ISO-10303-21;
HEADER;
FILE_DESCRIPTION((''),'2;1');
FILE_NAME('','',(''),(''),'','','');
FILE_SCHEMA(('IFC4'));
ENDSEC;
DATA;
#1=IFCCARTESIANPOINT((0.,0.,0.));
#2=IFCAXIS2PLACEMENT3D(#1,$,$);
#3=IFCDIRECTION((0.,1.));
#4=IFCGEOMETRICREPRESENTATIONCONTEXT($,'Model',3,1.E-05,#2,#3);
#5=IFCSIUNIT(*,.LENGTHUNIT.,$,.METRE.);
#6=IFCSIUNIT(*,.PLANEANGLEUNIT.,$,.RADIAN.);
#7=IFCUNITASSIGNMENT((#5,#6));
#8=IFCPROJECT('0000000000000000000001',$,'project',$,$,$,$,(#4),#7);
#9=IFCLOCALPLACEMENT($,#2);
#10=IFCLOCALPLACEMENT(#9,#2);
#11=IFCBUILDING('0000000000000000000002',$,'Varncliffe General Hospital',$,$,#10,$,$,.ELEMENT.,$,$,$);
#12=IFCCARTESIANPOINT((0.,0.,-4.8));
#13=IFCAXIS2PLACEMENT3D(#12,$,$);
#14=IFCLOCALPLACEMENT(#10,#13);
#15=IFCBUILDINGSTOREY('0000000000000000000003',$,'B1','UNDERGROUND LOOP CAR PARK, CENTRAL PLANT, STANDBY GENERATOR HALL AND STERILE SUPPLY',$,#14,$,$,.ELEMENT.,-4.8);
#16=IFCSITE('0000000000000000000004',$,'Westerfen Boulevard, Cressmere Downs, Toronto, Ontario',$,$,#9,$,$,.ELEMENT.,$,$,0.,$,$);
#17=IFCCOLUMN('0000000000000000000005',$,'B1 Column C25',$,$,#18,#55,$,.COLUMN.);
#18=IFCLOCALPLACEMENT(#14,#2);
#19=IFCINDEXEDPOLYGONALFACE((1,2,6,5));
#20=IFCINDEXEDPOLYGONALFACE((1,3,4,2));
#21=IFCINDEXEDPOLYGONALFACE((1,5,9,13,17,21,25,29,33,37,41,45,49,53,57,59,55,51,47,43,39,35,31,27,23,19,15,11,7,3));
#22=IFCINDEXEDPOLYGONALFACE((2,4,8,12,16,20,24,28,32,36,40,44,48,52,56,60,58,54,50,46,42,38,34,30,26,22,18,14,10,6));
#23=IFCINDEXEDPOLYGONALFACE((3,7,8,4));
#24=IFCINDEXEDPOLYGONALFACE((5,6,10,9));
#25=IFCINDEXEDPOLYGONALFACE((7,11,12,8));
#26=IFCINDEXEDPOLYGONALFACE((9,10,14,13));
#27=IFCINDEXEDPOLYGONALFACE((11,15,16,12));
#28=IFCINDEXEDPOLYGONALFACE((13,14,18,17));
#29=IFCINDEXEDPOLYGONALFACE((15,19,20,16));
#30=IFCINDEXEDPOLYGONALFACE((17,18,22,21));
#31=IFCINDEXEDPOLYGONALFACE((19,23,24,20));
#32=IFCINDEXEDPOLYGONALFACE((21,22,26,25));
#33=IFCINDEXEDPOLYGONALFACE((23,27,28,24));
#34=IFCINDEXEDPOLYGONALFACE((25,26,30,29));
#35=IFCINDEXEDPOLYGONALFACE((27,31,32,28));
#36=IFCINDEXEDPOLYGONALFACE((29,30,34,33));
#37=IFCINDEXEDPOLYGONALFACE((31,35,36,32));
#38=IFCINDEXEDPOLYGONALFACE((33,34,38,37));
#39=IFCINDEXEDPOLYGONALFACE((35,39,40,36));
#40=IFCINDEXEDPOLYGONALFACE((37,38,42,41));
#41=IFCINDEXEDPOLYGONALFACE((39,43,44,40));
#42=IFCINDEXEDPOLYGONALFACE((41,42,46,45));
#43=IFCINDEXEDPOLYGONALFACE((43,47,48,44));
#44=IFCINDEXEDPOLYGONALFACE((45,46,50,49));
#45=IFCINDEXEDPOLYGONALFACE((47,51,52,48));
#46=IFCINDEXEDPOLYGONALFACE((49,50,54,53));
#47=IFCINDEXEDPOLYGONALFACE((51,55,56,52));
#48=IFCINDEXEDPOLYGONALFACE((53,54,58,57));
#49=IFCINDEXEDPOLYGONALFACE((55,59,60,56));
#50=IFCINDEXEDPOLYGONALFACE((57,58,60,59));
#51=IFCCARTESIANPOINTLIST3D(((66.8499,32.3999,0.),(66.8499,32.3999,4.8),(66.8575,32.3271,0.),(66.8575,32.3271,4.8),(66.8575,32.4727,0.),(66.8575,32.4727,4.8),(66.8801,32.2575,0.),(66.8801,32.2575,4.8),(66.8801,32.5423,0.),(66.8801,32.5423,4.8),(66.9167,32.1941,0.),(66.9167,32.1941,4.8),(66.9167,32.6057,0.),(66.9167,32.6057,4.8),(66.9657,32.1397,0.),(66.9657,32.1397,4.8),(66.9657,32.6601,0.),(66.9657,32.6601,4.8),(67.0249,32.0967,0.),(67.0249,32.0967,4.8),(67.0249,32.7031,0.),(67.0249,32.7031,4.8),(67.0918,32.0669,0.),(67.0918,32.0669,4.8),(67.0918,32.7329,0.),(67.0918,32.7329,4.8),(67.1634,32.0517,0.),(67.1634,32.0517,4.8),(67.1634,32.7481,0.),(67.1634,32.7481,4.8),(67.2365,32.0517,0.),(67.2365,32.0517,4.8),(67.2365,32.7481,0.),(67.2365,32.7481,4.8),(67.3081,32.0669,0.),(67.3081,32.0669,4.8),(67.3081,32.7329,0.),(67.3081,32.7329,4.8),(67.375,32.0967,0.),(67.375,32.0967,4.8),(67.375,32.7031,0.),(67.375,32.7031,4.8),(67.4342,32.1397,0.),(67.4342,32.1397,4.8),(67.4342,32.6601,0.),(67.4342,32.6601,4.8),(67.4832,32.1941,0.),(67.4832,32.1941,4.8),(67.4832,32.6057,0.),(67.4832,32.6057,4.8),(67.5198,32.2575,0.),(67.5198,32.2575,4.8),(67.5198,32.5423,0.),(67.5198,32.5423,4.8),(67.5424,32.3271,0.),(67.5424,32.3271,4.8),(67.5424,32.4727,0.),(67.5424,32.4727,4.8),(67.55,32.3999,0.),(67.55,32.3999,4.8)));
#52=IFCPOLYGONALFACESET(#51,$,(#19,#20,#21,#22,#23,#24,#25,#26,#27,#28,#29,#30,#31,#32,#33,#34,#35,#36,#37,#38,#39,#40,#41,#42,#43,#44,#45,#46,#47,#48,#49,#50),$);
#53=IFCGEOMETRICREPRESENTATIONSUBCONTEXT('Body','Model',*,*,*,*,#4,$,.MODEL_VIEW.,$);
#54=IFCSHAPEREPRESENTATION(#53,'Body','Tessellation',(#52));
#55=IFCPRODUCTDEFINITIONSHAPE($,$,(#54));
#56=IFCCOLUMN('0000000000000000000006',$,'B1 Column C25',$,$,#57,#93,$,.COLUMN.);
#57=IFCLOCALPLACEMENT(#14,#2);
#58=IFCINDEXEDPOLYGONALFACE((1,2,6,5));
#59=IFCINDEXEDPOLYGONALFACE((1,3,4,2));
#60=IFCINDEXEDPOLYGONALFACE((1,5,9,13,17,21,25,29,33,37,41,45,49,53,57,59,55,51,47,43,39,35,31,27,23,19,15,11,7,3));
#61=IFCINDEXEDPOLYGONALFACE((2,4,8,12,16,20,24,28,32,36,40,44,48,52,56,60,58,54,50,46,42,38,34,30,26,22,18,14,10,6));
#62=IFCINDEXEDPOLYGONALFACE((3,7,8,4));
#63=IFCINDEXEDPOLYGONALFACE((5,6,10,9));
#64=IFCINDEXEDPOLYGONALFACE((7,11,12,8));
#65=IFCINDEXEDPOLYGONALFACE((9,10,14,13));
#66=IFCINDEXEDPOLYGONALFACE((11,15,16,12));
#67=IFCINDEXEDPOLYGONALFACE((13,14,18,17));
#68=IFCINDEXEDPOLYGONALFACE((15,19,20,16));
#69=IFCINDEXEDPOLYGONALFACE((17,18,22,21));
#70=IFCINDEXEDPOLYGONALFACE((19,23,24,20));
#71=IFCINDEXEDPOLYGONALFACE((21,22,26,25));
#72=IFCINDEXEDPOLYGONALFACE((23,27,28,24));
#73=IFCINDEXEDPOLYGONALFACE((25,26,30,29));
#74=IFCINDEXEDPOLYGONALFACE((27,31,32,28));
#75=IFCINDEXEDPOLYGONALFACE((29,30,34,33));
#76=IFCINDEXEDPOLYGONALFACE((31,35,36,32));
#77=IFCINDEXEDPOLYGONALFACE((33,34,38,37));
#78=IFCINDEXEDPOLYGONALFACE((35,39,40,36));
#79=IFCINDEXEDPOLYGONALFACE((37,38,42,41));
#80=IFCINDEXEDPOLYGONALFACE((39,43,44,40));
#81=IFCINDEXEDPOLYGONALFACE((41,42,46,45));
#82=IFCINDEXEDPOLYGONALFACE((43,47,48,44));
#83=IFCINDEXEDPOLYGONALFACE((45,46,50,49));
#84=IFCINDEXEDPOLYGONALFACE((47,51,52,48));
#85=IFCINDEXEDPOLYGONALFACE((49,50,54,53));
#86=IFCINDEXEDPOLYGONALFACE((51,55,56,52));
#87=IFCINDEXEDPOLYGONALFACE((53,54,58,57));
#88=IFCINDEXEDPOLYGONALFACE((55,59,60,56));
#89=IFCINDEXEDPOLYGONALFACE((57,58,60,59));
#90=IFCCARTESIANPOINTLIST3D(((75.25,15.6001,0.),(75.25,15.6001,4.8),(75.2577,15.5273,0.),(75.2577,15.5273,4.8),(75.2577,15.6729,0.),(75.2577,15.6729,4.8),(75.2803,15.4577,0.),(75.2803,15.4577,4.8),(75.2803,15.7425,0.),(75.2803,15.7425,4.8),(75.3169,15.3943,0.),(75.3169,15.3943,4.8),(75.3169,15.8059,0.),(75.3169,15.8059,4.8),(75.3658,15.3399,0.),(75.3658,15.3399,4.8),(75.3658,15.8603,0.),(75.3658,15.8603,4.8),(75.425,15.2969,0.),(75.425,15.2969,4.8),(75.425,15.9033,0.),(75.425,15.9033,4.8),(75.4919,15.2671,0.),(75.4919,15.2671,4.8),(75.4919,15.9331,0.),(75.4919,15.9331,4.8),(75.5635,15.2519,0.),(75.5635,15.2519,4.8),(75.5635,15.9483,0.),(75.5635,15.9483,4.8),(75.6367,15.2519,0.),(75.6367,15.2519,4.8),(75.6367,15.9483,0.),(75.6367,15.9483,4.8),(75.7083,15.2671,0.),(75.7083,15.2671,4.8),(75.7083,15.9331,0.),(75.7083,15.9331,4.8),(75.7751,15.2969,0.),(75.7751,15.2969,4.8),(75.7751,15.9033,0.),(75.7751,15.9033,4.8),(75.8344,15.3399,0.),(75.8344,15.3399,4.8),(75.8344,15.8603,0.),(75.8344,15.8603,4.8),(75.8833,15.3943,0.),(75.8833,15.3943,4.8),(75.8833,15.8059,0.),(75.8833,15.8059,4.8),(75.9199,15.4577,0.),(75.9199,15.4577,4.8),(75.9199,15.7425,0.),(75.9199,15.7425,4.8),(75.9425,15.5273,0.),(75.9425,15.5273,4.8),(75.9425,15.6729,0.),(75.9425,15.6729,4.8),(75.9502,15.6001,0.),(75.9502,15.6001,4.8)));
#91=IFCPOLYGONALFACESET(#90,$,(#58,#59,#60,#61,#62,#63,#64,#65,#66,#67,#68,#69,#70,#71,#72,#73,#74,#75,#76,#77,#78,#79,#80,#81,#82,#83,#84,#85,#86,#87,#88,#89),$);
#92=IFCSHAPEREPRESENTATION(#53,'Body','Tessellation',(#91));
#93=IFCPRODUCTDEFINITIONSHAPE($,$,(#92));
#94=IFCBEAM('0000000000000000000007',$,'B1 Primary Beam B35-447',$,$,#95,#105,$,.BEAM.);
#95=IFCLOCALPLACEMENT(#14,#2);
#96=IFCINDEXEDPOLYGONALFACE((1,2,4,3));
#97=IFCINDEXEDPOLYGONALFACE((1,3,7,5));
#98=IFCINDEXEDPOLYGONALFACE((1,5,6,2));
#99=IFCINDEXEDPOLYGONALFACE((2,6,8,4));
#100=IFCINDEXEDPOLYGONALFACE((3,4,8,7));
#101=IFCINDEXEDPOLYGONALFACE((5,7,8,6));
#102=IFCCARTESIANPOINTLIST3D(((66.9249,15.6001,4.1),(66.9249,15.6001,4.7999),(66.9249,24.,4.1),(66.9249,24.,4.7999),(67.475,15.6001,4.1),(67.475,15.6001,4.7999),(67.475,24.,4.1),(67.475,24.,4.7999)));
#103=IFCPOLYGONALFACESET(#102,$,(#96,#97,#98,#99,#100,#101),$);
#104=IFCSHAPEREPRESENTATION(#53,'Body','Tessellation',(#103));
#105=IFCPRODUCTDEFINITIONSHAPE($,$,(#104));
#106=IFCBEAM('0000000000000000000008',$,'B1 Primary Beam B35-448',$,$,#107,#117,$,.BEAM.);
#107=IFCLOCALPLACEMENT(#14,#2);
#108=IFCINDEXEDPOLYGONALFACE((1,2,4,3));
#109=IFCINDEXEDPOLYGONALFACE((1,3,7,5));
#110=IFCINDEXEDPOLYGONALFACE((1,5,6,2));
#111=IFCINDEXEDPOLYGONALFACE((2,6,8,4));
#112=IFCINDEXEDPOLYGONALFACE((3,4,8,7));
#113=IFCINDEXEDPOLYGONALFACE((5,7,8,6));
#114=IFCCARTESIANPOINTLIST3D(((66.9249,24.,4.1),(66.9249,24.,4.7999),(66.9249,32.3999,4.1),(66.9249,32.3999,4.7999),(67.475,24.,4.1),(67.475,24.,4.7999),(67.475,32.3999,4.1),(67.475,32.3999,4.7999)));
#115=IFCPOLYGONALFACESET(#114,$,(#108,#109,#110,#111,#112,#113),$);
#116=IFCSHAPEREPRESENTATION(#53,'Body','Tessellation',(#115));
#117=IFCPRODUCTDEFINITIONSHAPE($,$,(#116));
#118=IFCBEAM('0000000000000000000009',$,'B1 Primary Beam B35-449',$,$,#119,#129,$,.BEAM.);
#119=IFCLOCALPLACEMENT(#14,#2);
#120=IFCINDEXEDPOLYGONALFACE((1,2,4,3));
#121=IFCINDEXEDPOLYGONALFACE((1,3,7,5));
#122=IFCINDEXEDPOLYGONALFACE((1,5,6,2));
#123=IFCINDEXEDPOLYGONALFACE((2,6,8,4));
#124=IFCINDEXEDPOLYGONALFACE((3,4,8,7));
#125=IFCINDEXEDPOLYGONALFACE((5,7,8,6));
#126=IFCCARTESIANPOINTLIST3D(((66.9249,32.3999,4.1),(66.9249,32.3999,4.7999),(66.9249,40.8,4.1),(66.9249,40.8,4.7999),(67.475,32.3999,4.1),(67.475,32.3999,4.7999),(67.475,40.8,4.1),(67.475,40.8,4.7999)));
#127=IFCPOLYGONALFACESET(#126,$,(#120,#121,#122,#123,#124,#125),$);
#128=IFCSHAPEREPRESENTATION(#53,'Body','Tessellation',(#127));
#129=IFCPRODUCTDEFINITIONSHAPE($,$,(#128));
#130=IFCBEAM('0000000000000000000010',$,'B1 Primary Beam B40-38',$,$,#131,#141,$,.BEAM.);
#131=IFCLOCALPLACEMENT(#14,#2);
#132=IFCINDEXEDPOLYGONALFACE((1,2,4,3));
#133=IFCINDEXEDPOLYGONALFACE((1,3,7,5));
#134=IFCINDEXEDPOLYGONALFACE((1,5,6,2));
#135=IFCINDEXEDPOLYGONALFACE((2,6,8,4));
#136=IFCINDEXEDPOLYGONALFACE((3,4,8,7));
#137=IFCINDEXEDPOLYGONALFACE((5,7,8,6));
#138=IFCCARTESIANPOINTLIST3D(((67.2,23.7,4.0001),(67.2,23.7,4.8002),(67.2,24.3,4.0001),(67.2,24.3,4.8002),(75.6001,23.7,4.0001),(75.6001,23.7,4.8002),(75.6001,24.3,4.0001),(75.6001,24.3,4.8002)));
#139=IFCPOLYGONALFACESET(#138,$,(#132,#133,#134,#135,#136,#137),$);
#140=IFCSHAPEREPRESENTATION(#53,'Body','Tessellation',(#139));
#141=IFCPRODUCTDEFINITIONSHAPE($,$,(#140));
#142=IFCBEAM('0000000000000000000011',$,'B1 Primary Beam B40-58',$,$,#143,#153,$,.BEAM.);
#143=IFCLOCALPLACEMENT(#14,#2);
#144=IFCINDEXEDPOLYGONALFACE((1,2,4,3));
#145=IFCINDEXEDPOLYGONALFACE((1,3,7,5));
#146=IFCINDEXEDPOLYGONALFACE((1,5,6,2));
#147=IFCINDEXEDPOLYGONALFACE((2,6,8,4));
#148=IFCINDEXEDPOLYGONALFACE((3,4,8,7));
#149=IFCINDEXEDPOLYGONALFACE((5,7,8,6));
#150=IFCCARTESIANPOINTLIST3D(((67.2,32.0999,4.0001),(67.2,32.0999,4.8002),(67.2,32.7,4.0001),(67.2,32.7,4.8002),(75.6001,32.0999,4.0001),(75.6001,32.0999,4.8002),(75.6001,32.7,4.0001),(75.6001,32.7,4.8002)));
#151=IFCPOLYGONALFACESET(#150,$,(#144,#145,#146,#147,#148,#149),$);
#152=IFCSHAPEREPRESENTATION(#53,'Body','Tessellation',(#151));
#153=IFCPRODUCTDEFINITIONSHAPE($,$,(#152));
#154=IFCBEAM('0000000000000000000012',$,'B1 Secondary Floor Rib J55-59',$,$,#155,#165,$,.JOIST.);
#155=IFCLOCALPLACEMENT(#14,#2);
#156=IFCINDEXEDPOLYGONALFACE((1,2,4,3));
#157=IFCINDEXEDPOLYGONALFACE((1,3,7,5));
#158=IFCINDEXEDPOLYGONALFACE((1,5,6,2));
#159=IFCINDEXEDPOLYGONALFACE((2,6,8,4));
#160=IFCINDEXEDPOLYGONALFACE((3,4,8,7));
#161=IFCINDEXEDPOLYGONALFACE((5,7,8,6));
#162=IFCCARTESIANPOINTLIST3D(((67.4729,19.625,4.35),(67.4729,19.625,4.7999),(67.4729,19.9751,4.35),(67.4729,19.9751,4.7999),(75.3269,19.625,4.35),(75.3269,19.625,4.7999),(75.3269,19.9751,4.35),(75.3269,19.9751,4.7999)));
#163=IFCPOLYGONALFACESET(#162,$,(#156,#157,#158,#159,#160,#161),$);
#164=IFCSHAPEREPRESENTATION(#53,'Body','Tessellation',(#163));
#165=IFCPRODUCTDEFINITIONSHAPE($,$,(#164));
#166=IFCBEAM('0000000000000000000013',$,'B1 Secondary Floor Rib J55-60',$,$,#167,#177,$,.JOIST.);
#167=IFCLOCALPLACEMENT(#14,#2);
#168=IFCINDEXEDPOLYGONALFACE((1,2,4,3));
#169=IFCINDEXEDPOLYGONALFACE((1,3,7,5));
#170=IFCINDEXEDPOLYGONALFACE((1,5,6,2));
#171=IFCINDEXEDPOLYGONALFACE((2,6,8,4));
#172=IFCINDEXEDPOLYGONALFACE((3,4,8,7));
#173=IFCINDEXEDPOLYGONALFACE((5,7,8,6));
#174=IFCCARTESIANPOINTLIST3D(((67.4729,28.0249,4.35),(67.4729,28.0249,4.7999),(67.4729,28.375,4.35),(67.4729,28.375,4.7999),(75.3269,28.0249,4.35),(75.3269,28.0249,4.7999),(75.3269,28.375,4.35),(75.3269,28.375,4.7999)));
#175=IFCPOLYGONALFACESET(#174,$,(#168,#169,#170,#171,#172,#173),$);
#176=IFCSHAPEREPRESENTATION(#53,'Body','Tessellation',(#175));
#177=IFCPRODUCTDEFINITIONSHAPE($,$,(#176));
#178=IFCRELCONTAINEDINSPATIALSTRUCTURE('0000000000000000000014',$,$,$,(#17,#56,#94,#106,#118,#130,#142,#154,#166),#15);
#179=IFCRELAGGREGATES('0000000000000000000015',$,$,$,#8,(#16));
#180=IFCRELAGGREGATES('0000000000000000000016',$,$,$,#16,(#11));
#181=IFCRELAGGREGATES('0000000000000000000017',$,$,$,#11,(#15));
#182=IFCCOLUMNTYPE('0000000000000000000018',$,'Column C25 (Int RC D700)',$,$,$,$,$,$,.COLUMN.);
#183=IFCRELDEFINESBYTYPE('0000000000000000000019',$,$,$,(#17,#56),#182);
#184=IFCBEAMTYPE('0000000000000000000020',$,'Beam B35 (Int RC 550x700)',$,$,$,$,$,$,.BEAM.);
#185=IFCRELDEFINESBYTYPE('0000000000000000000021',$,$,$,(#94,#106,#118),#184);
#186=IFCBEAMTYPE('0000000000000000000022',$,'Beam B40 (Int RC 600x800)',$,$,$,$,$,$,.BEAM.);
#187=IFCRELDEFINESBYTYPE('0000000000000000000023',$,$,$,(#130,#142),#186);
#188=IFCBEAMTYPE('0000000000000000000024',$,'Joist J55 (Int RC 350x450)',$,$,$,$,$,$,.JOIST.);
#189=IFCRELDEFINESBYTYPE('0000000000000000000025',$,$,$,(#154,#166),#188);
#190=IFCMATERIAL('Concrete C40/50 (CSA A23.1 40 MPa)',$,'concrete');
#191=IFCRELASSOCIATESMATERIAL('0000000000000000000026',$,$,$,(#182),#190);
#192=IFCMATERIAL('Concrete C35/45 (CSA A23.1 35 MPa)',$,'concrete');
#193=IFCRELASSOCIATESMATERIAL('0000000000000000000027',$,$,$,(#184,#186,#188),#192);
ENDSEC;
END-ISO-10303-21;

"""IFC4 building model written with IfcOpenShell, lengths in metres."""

from ifc_helpers import new_model, si_unit, direction, frame, origin, origin_2d, place, context, subcontext, project, spatial, rectangle, circle, extrude, material, material_profile, profile_set, type_object, element, save


model = new_model("IFC4")

# Units and contexts
model_context = context("Model", 3, precision=1e-05, world=origin(), true_north=direction((0.0, 1.0)))
body_context = subcontext(model_context, "Body", "Model", "MODEL_VIEW")
ifc_project = project(units=[si_unit("LENGTHUNIT", "METRE"), si_unit("PLANEANGLEUNIT", "RADIAN")], contexts=[model_context])

# Site, building, storey
site_placement = place(None, origin())
site = spatial("IfcSite", under=ifc_project, at=site_placement, Name="Westerfen Boulevard, Cressmere Downs, Toronto, Ontario", CompositionType="ELEMENT", RefElevation=0.0)
building_placement = place(site_placement, origin())
building = spatial("IfcBuilding", under=site, at=building_placement, Name="Varncliffe General Hospital", CompositionType="ELEMENT")
storey_placement = place(building_placement, frame((0.0, 0.0, -4.8)))
storey = spatial("IfcBuildingStorey", under=building, at=storey_placement, Name="B1", Description="UNDERGROUND LOOP CAR PARK, CENTRAL PLANT, STANDBY GENERATOR HALL AND STERILE SUPPLY", CompositionType="ELEMENT", Elevation=-4.8)

# Shared definitions
ifc_material_1 = material(Name="Concrete C40/50 (CSA A23.1 40 MPa)", Category="concrete")

# Columns
ifc_material_profile_1 = material_profile(ifc_material_1, circle(Radius=0.3501, at=origin_2d()), Name="RC D700")
ifc_profile_set_1 = profile_set([ifc_material_profile_1], Name="Concrete C40/50 (CSA A23.1 40 MPa)")
column_type = type_object("IfcColumnType", Name="Column C25 (Int RC D700)", PredefinedType="COLUMN", material=ifc_profile_set_1)
for number, where, z_axis, x_axis, name in (
    (1, (67.2, 32.3999, 0.0), (0.0, 0.0, 1.0), (1.0, 0.0, 0.0), "B1 Column C25"),
    (2, (75.6001, 15.6001, 0.0), (0.0, 0.0, 1.0), (1.0, 0.0, 0.0), "B1 Column C25"),
):
    element("IfcColumn", number, at=place(storey_placement, frame(where, z_axis=z_axis, x_axis=x_axis)), inside=storey, type_object=column_type, Name=name, PredefinedType="COLUMN", context=body_context, shape_type="SweptSolid", body=[
        extrude(circle(Radius=0.3501, at=origin_2d()), origin(), (0.0, 0.0, 1.0), 4.8),
    ])

# Beams
ifc_material_2 = material(Name="Concrete C35/45 (CSA A23.1 35 MPa)", Category="concrete")
ifc_material_profile_2 = material_profile(ifc_material_2, rectangle(XDim=0.55, YDim=0.7, at=origin_2d()), Name="RC 550x700")
ifc_profile_set_2 = profile_set([ifc_material_profile_2], Name="Concrete C35/45 (CSA A23.1 35 MPa)")
beam_type_1 = type_object("IfcBeamType", Name="Beam B35 (Int RC 550x700)", PredefinedType="BEAM", material=ifc_profile_set_2)
for number, where, z_axis, x_axis, name in (
    (3, (67.2, 15.6001, 4.45), (0.0, 1.0, 0.0), (-1.0, 0.0, 0.0), "B1 Primary Beam B35-447"),
    (4, (67.2, 24.0, 4.45), (0.0, 1.0, 0.0), (-1.0, 0.0, 0.0), "B1 Primary Beam B35-448"),
):
    element("IfcBeam", number, at=place(storey_placement, frame(where, z_axis=z_axis, x_axis=x_axis)), inside=storey, type_object=beam_type_1, Name=name, PredefinedType="BEAM", context=body_context, shape_type="SweptSolid", body=[
        extrude(rectangle(XDim=0.55, YDim=0.7, at=origin_2d()), origin(), (0.0, 0.0, 1.0), 8.3999),
    ])
beam_placement = place(storey_placement, frame((67.2, 32.3999, 4.45), z_axis=(0.0, 1.0, 0.0), x_axis=(-1.0, 0.0, 0.0)))
element("IfcBeam", 5, at=beam_placement, inside=storey, type_object=beam_type_1, Name="B1 Primary Beam B35-449", PredefinedType="BEAM", context=body_context, shape_type="SweptSolid", body=[
    extrude(rectangle(XDim=0.55, YDim=0.7, at=origin_2d()), origin(), (0.0, 0.0, 1.0), 8.4001),
])
ifc_material_profile_3 = material_profile(ifc_material_2, rectangle(XDim=0.6001, YDim=0.8, at=origin_2d()), Name="RC 600x800")
ifc_profile_set_3 = profile_set([ifc_material_profile_3], Name="Concrete C35/45 (CSA A23.1 35 MPa)")
beam_type_2 = type_object("IfcBeamType", Name="Beam B40 (Int RC 600x800)", PredefinedType="BEAM", material=ifc_profile_set_3)
for number, where, z_axis, x_axis, name in (
    (6, (67.2, 24.0, 4.4001), (1.0, 0.0, 0.0), (0.0, 1.0, 0.0), "B1 Primary Beam B40-38"),
    (7, (67.2, 32.3999, 4.4001), (1.0, 0.0, 0.0), (0.0, 1.0, 0.0), "B1 Primary Beam B40-58"),
):
    element("IfcBeam", number, at=place(storey_placement, frame(where, z_axis=z_axis, x_axis=x_axis)), inside=storey, type_object=beam_type_2, Name=name, PredefinedType="BEAM", context=body_context, shape_type="SweptSolid", body=[
        extrude(rectangle(XDim=0.6001, YDim=0.8, at=origin_2d()), origin(), (0.0, 0.0, 1.0), 8.4001),
    ])
ifc_material_profile_4 = material_profile(ifc_material_2, rectangle(XDim=0.3501, YDim=0.45, at=origin_2d()), Name="RC 350x450")
ifc_profile_set_4 = profile_set([ifc_material_profile_4], Name="Concrete C35/45 (CSA A23.1 35 MPa)")
beam_type_3 = type_object("IfcBeamType", Name="Joist J55 (Int RC 350x450)", PredefinedType="JOIST", material=ifc_profile_set_4)
for number, where, z_axis, x_axis, name in (
    (8, (67.4729, 19.8, 4.575), (1.0, 0.0, 0.0), (0.0, 1.0, 0.0), "B1 Secondary Floor Rib J55-59"),
    (9, (67.4729, 28.2, 4.575), (1.0, 0.0, 0.0), (0.0, 1.0, 0.0), "B1 Secondary Floor Rib J55-60"),
):
    element("IfcBeam", number, at=place(storey_placement, frame(where, z_axis=z_axis, x_axis=x_axis)), inside=storey, type_object=beam_type_3, Name=name, PredefinedType="JOIST", context=body_context, shape_type="SweptSolid", body=[
        extrude(rectangle(XDim=0.3501, YDim=0.45, at=origin_2d()), origin(), (0.0, 0.0, 1.0), 7.854),
    ])

save(model, "model.ifc")
